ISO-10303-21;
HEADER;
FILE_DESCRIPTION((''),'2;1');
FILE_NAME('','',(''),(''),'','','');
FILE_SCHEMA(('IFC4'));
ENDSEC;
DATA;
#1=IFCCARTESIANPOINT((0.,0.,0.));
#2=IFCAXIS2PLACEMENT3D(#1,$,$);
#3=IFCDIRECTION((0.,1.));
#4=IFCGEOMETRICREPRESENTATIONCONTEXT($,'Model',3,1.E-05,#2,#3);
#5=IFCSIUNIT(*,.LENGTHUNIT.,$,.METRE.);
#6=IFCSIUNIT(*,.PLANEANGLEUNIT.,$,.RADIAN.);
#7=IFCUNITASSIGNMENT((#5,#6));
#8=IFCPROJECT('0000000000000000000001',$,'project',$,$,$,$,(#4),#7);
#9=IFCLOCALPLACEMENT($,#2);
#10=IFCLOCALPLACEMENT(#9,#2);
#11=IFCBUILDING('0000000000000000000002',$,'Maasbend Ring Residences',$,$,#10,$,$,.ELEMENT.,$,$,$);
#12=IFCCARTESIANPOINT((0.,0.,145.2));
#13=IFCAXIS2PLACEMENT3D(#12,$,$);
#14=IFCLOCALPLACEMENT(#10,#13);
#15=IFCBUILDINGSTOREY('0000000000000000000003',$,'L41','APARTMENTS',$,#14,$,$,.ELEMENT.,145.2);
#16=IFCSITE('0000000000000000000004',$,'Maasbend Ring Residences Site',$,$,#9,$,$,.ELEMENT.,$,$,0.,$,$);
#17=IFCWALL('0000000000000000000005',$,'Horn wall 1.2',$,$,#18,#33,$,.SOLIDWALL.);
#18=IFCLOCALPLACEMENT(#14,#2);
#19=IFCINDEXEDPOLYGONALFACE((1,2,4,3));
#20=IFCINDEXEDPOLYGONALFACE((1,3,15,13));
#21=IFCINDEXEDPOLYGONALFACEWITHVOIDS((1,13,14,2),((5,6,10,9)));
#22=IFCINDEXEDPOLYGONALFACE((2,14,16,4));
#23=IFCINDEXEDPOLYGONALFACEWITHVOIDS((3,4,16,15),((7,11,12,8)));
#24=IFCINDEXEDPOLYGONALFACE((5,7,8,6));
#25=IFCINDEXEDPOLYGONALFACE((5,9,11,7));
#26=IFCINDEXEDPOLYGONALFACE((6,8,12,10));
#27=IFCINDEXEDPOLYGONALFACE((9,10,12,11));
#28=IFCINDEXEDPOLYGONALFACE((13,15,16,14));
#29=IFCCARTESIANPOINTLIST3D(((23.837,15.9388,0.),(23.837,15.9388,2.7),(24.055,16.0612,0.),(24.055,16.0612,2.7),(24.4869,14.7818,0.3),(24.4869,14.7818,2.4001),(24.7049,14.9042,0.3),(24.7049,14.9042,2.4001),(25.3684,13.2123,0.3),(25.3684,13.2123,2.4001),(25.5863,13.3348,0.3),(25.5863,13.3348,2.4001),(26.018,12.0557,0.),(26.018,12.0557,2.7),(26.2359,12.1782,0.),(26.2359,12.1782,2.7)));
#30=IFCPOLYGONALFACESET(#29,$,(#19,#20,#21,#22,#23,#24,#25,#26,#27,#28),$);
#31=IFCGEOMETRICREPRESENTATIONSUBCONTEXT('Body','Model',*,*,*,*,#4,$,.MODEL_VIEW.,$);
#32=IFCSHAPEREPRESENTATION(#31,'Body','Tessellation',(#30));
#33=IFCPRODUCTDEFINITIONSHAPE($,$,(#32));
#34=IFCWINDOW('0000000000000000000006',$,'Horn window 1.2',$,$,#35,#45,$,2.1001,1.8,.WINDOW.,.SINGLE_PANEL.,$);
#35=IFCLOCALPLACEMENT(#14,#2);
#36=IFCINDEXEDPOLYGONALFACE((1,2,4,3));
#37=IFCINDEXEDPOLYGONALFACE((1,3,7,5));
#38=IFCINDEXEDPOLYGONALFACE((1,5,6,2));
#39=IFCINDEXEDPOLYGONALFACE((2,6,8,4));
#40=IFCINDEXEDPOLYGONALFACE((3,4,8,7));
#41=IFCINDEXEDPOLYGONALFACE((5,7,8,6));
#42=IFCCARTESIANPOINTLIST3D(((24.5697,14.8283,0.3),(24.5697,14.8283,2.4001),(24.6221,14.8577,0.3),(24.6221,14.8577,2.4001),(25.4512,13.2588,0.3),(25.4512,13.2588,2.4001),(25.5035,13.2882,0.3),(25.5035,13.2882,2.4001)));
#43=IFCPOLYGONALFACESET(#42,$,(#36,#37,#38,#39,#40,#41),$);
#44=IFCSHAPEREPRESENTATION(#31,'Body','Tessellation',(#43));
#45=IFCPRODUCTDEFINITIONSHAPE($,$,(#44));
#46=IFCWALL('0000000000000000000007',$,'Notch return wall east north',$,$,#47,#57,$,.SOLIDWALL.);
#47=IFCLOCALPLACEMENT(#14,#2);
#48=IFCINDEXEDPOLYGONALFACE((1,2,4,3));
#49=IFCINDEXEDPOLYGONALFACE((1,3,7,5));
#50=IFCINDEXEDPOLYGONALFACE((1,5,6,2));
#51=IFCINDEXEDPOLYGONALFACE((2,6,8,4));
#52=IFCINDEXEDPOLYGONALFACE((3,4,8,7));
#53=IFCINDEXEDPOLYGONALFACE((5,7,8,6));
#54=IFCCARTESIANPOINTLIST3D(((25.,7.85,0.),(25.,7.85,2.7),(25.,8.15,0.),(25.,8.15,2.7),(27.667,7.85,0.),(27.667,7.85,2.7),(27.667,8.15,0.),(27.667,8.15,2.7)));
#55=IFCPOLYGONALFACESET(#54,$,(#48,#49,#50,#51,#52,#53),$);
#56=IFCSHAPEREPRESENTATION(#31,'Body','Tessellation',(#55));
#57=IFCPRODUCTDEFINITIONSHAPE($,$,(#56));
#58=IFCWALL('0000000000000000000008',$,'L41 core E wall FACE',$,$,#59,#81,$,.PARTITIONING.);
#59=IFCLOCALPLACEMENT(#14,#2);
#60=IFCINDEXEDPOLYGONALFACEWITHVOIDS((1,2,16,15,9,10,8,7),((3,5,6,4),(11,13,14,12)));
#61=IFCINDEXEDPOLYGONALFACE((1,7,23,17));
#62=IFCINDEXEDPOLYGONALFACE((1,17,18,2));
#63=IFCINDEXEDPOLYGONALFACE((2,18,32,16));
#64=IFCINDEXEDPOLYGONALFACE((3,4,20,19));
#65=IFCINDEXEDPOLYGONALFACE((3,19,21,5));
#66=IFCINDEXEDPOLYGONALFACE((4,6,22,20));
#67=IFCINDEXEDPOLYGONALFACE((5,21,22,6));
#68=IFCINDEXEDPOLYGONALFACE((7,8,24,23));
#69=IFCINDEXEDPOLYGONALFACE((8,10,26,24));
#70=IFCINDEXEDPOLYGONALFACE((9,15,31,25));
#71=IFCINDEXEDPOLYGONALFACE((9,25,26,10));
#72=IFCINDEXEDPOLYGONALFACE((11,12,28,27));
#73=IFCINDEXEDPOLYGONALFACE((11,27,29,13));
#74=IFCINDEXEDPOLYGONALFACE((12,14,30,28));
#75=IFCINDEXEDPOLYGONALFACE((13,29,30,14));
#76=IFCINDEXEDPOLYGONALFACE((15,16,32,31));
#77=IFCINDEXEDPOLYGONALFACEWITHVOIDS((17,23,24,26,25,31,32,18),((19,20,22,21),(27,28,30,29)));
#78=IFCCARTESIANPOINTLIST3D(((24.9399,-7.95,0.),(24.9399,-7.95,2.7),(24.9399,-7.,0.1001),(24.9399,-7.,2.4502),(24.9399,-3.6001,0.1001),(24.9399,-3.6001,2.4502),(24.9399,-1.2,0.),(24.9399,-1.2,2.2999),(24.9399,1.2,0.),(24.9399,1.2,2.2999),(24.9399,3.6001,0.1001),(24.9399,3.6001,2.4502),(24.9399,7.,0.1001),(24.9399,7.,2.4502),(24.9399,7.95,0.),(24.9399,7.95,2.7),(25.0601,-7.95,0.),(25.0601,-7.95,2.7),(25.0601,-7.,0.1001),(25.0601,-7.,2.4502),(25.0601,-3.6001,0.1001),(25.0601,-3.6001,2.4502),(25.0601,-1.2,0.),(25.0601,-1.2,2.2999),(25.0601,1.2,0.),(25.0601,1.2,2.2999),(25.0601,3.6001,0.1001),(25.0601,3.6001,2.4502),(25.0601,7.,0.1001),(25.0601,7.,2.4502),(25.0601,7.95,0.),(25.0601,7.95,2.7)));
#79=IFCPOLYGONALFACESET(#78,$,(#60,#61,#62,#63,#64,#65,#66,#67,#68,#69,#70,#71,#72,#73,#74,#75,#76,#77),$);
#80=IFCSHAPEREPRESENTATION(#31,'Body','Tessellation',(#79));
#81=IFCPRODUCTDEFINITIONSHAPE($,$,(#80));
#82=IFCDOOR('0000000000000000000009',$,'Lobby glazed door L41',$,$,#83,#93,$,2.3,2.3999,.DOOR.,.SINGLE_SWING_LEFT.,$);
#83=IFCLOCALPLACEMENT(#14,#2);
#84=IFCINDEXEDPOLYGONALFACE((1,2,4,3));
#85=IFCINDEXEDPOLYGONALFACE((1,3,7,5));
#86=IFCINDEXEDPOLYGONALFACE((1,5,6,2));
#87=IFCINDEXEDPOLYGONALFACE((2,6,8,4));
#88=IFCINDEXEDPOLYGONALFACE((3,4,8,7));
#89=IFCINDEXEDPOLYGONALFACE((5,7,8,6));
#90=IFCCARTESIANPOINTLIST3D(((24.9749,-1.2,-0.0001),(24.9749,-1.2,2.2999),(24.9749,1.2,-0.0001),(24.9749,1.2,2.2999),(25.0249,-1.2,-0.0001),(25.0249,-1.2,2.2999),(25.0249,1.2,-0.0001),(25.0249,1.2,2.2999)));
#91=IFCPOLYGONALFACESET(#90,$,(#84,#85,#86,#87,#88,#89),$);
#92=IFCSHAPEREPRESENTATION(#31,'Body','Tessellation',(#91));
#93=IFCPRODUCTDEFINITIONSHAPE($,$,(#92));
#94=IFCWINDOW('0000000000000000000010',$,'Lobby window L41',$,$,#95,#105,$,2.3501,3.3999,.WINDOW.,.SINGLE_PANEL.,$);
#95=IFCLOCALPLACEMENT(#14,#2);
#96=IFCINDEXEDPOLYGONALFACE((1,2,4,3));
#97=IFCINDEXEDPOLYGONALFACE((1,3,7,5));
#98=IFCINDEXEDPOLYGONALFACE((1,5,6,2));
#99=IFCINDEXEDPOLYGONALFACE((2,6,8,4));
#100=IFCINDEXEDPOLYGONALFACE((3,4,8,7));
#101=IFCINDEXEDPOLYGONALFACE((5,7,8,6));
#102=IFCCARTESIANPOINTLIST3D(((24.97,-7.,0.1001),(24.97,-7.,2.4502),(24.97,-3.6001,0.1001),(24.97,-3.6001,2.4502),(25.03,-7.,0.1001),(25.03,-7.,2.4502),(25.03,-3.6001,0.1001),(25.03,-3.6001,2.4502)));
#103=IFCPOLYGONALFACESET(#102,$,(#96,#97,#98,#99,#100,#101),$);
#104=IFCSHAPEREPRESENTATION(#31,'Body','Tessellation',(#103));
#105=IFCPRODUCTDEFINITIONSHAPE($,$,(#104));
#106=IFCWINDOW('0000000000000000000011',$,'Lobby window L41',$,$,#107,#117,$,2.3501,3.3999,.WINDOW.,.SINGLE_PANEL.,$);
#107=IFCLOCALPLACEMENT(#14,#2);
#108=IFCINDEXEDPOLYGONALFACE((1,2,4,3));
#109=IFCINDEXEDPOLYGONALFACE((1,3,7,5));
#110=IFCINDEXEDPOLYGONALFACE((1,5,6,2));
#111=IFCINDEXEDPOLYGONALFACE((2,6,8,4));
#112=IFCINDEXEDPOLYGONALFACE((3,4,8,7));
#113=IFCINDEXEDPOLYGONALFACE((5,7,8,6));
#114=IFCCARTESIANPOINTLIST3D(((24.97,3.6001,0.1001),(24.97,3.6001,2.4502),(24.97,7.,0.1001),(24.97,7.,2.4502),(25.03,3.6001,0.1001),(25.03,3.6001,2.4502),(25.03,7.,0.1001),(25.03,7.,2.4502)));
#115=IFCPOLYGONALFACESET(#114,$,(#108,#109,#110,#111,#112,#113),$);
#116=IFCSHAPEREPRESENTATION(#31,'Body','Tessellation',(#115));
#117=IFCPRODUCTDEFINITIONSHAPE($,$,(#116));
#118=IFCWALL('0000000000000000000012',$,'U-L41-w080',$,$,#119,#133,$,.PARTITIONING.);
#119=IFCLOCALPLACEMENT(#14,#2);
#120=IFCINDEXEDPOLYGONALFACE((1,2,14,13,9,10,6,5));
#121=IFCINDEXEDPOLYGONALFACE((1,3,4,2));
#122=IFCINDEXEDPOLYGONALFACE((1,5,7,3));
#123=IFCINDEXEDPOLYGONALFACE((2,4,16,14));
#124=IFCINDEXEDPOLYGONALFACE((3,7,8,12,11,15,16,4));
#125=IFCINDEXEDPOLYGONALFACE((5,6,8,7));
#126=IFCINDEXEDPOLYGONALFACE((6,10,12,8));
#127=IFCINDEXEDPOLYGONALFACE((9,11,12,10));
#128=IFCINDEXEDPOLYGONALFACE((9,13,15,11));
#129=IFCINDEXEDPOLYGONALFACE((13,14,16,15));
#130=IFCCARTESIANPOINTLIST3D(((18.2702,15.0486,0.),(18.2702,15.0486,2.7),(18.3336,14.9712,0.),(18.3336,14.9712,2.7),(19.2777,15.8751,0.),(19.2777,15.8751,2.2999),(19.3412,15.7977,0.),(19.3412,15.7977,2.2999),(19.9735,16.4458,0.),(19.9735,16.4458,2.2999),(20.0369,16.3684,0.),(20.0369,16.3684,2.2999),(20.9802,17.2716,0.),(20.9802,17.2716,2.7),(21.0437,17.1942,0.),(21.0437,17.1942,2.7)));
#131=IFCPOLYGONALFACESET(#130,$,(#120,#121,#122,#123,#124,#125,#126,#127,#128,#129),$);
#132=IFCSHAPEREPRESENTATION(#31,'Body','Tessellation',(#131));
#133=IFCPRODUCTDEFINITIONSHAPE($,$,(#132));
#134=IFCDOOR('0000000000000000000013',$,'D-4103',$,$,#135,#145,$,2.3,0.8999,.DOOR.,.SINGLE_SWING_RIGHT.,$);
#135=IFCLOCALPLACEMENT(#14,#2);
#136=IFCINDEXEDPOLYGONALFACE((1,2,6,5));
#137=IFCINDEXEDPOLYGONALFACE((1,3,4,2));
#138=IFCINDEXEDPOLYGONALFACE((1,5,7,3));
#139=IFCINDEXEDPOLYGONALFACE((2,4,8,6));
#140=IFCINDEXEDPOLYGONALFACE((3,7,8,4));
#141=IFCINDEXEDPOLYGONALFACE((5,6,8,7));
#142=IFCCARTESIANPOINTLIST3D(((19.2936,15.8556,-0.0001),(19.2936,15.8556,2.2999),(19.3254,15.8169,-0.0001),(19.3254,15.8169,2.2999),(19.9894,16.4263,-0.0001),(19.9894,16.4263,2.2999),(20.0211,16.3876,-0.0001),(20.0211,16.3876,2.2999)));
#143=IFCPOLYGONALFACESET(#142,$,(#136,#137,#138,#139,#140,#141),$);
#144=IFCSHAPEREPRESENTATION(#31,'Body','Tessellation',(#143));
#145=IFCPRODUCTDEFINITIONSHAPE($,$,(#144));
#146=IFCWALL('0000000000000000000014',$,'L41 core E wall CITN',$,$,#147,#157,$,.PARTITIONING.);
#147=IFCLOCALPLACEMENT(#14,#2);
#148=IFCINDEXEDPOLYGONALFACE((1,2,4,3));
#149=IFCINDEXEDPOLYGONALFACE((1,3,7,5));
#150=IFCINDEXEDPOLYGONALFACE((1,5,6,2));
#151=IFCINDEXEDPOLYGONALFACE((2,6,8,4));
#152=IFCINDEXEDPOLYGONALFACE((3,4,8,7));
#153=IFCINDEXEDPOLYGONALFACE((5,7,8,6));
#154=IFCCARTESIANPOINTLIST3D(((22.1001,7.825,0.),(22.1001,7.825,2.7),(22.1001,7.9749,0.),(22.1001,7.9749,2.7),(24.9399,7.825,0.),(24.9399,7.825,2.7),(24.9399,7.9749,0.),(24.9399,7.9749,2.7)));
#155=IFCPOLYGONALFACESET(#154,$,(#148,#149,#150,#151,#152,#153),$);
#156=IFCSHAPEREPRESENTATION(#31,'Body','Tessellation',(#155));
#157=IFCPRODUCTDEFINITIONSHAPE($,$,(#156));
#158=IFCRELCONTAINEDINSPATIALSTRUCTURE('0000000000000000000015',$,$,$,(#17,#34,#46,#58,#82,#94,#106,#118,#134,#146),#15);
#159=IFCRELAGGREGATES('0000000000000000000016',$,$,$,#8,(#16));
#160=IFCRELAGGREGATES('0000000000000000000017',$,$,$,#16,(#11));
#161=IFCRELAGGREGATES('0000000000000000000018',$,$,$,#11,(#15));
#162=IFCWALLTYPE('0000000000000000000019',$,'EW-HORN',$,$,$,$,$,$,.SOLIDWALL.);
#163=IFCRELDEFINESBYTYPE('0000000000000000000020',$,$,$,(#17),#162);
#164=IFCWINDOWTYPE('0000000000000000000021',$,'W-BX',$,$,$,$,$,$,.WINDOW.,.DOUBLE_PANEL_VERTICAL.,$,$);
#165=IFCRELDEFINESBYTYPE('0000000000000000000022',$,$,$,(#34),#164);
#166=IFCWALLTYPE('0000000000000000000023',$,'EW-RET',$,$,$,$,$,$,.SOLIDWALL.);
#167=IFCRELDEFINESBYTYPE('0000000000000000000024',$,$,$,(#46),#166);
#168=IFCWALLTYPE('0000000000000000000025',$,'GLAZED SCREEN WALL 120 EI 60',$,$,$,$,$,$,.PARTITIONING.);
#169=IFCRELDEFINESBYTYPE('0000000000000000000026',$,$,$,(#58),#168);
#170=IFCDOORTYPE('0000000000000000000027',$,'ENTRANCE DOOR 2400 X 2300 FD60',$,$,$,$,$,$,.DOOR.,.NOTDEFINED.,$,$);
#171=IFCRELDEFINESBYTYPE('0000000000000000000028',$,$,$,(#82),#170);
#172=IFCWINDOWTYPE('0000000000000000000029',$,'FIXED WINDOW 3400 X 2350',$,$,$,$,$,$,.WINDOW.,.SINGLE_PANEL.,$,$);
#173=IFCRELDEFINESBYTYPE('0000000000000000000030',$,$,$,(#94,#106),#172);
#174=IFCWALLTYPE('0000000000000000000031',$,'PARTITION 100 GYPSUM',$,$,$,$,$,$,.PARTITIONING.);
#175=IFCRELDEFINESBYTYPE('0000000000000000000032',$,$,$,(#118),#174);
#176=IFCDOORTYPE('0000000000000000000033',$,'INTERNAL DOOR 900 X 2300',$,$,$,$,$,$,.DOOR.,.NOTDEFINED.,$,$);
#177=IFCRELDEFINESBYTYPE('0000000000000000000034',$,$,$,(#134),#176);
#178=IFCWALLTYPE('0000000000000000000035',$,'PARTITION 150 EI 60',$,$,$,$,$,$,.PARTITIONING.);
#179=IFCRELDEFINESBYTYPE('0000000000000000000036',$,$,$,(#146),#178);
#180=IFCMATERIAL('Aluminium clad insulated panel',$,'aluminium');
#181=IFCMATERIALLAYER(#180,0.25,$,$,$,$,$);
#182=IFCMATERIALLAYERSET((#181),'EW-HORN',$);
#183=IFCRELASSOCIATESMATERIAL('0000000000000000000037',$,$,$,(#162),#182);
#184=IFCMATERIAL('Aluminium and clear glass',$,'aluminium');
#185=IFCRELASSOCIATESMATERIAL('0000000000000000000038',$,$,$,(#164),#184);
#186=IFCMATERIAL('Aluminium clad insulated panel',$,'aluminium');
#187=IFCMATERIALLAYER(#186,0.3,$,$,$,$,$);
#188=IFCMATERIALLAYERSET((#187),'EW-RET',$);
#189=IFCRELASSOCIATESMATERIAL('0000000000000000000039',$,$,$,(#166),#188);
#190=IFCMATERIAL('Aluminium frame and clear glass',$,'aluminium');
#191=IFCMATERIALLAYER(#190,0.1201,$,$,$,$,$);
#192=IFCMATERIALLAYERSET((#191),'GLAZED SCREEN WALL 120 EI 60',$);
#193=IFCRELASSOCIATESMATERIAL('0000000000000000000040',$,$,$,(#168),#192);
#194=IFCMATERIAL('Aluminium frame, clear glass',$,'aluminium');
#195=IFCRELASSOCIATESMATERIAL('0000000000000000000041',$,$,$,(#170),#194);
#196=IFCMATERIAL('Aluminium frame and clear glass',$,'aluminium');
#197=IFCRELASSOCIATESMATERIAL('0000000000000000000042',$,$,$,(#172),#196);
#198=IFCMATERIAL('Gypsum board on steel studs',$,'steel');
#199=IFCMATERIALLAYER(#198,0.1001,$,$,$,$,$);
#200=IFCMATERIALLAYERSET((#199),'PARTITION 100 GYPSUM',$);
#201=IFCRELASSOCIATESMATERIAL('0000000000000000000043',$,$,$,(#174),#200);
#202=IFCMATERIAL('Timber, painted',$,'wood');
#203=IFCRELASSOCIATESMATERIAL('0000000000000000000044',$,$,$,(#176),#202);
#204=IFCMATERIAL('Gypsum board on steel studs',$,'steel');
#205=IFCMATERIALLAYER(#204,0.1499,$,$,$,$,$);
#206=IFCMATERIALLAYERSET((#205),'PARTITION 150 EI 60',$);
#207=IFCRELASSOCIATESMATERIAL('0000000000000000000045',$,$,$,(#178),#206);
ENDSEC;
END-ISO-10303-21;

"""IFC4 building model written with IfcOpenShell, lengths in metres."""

from ifc_helpers import new_model, si_unit, direction, frame, frame_2d, origin, place, context, subcontext, project, spatial, rectangle, extrude, material, layer, layer_set, type_object, element, fill, save


model = new_model("IFC4")

# Units and contexts
model_context = context("Model", 3, precision=1e-05, world=origin(), true_north=direction((0.0, 1.0)))
body_context = subcontext(model_context, "Body", "Model", "MODEL_VIEW")
ifc_project = project(units=[si_unit("LENGTHUNIT", "METRE"), si_unit("PLANEANGLEUNIT", "RADIAN")], contexts=[model_context])

# Site, building, storey
site_placement = place(None, origin())
site = spatial("IfcSite", under=ifc_project, at=site_placement, Name="Maasbend Ring Residences Site", CompositionType="ELEMENT", RefElevation=0.0)
building_placement = place(site_placement, origin())
building = spatial("IfcBuilding", under=site, at=building_placement, Name="Maasbend Ring Residences", CompositionType="ELEMENT")
storey_placement = place(building_placement, frame((0.0, 0.0, 145.2)))
storey = spatial("IfcBuildingStorey", under=building, at=storey_placement, Name="L41", Description="APARTMENTS", CompositionType="ELEMENT", Elevation=145.2)

# Wall, opening, window
ifc_material_1 = material(Name="Aluminium clad insulated panel", Category="aluminium")
ifc_layer_1 = layer(ifc_material_1, 0.25)
ifc_layer_set_1 = layer_set([ifc_layer_1], Name="EW-HORN")
wall_type_1 = type_object("IfcWallType", Name="EW-HORN", PredefinedType="SOLIDWALL", material=ifc_layer_set_1)
ifc_material_2 = material(Name="Aluminium and clear glass", Category="aluminium")
window_type_1 = type_object("IfcWindowType", Name="W-BX", PartitioningType="DOUBLE_PANEL_VERTICAL", PredefinedType="WINDOW", material=ifc_material_2)
wall_1_placement = place(storey_placement, frame((26.127, 12.1169, 0.0), z_axis=(0.0, 0.0, 1.0), x_axis=(-0.489696, 0.871893, 0.0)))
wall_1 = element("IfcWall", 1, at=wall_1_placement, inside=storey, type_object=wall_type_1, Name="Horn wall 1.2", PredefinedType="SOLIDWALL", context=body_context, shape_type="SweptSolid", body=[
    extrude(rectangle(XDim=4.4536, YDim=0.25, at=frame_2d((2.2268, 0.0))), origin(), (0.0, 0.0, 1.0), 2.7),
])
opening_1_placement = place(wall_1_placement, frame((1.3267, 0.0, 0.3)))
opening_1 = element("IfcOpeningElement", 2, at=opening_1_placement, cuts=wall_1, PredefinedType="OPENING", context=body_context, shape_type="SweptSolid", body=[
    extrude(rectangle(XDim=1.8, YDim=2.1001, at=frame_2d((0.8999, 1.05))), frame((0.0, 0.135, 0.0), z_axis=(0.0, -1.0, 0.0), x_axis=(1.0, 0.0, 0.0)), (0.0, 0.0, 1.0), 0.27),
])
window_1_placement = place(opening_1_placement, origin())
window_1 = element("IfcWindow", 3, at=window_1_placement, inside=storey, type_object=window_type_1, Name="Horn window 1.2", OverallHeight=2.1001, OverallWidth=1.8, PartitioningType="SINGLE_PANEL", PredefinedType="WINDOW", context=body_context, shape_type="SweptSolid", body=[
    extrude(rectangle(XDim=1.8, YDim=2.1001, at=frame_2d((0.8999, 1.05))), frame((0.0, 0.03, 0.0), z_axis=(0.0, -1.0, 0.0), x_axis=(1.0, 0.0, 0.0)), (0.0, 0.0, 1.0), 0.0601),
])
fill(opening_1, window_1)

# Wall
ifc_material_3 = material(Name="Aluminium clad insulated panel", Category="aluminium")
ifc_layer_2 = layer(ifc_material_3, 0.3)
ifc_layer_set_2 = layer_set([ifc_layer_2], Name="EW-RET")
wall_type_2 = type_object("IfcWallType", Name="EW-RET", PredefinedType="SOLIDWALL", material=ifc_layer_set_2)
wall_2_placement = place(storey_placement, frame((25.0, 8.0, 0.0), z_axis=(0.0, 0.0, 1.0), x_axis=(1.0, 0.0, 0.0)))
element("IfcWall", 4, at=wall_2_placement, inside=storey, type_object=wall_type_2, Name="Notch return wall east north", PredefinedType="SOLIDWALL", context=body_context, shape_type="SweptSolid", body=[
    extrude(rectangle(XDim=2.667, YDim=0.3, at=frame_2d((1.3335, 0.0))), origin(), (0.0, 0.0, 1.0), 2.7),
])

# Wall, openings, door, windows
ifc_material_4 = material(Name="Aluminium frame and clear glass", Category="aluminium")
ifc_layer_3 = layer(ifc_material_4, 0.1201)
ifc_layer_set_3 = layer_set([ifc_layer_3], Name="GLAZED SCREEN WALL 120 EI 60")
wall_type_3 = type_object("IfcWallType", Name="GLAZED SCREEN WALL 120 EI 60", PredefinedType="PARTITIONING", material=ifc_layer_set_3)
wall_3_placement = place(storey_placement, frame((25.0, 7.95, 0.0), z_axis=(0.0, 0.0, 1.0), x_axis=(0.0, -1.0, 0.0)))
wall_3 = element("IfcWall", 5, at=wall_3_placement, inside=storey, type_object=wall_type_3, Name="L41 core E wall FACE", PredefinedType="PARTITIONING", context=body_context, shape_type="SweptSolid", body=[
    extrude(rectangle(XDim=15.8999, YDim=0.1201, at=frame_2d((7.95, 0.0))), origin(), (0.0, 0.0, 1.0), 2.7),
])
opening_2_placement = place(wall_3_placement, frame((6.75, 0.0, 0.0)))
opening_2 = element("IfcOpeningElement", 6, at=opening_2_placement, cuts=wall_3, PredefinedType="OPENING", context=body_context, shape_type="SweptSolid", body=[
    extrude(rectangle(XDim=2.3999, YDim=2.3, at=frame_2d((1.2, 1.1499))), frame((0.0, 0.0701, 0.0), z_axis=(0.0, -1.0, 0.0), x_axis=(1.0, 0.0, 0.0)), (0.0, 0.0, 1.0), 0.1401),
])
opening_3_placement = place(wall_3_placement, frame((11.55, 0.0, 0.1001)))
opening_3 = element("IfcOpeningElement", 7, at=opening_3_placement, cuts=wall_3, PredefinedType="OPENING", context=body_context, shape_type="SweptSolid", body=[
    extrude(rectangle(XDim=3.3999, YDim=2.3501, at=frame_2d((1.7, 1.175))), frame((0.0, 0.0701, 0.0), z_axis=(0.0, -1.0, 0.0), x_axis=(1.0, 0.0, 0.0)), (0.0, 0.0, 1.0), 0.1401),
])
opening_4_placement = place(wall_3_placement, frame((0.95, 0.0, 0.1001)))
opening_4 = element("IfcOpeningElement", 8, at=opening_4_placement, cuts=wall_3, PredefinedType="OPENING", context=body_context, shape_type="SweptSolid", body=[
    extrude(rectangle(XDim=3.3999, YDim=2.3501, at=frame_2d((1.7, 1.175))), frame((0.0, 0.0701, 0.0), z_axis=(0.0, -1.0, 0.0), x_axis=(1.0, 0.0, 0.0)), (0.0, 0.0, 1.0), 0.1401),
])
ifc_material_5 = material(Name="Aluminium frame, clear glass", Category="aluminium")
door_type_1 = type_object("IfcDoorType", Name="ENTRANCE DOOR 2400 X 2300 FD60", OperationType="NOTDEFINED", PredefinedType="DOOR", material=ifc_material_5)
door_1_placement = place(opening_2_placement, origin())
door_1 = element("IfcDoor", 9, at=door_1_placement, inside=storey, type_object=door_type_1, Name="Lobby glazed door L41", OperationType="SINGLE_SWING_LEFT", OverallHeight=2.3, OverallWidth=2.3999, PredefinedType="DOOR", context=body_context, shape_type="SweptSolid", body=[
    extrude(rectangle(XDim=2.3999, YDim=2.3, at=frame_2d((1.2, 1.1499))), frame((0.0, 0.0249, 0.0), z_axis=(0.0, -1.0, 0.0), x_axis=(1.0, 0.0, 0.0)), (0.0, 0.0, 1.0), 0.05),
])
fill(opening_2, door_1)
ifc_material_6 = material(Name="Aluminium frame and clear glass", Category="aluminium")
window_type_2 = type_object("IfcWindowType", Name="FIXED WINDOW 3400 X 2350", PartitioningType="SINGLE_PANEL", PredefinedType="WINDOW", material=ifc_material_6)
window_2_placement = place(opening_3_placement, origin())
window_2 = element("IfcWindow", 10, at=window_2_placement, inside=storey, type_object=window_type_2, Name="Lobby window L41", OverallHeight=2.3501, OverallWidth=3.3999, PartitioningType="SINGLE_PANEL", PredefinedType="WINDOW", context=body_context, shape_type="SweptSolid", body=[
    extrude(rectangle(XDim=3.3999, YDim=2.3501, at=frame_2d((1.7, 1.175))), frame((0.0, 0.03, 0.0), z_axis=(0.0, -1.0, 0.0), x_axis=(1.0, 0.0, 0.0)), (0.0, 0.0, 1.0), 0.0601),
])
fill(opening_3, window_2)
window_3_placement = place(opening_4_placement, origin())
window_3 = element("IfcWindow", 11, at=window_3_placement, inside=storey, type_object=window_type_2, Name="Lobby window L41", OverallHeight=2.3501, OverallWidth=3.3999, PartitioningType="SINGLE_PANEL", PredefinedType="WINDOW", context=body_context, shape_type="SweptSolid", body=[
    extrude(rectangle(XDim=3.3999, YDim=2.3501, at=frame_2d((1.7, 1.175))), frame((0.0, 0.03, 0.0), z_axis=(0.0, -1.0, 0.0), x_axis=(1.0, 0.0, 0.0)), (0.0, 0.0, 1.0), 0.0601),
])
fill(opening_4, window_3)

# Wall, opening, door
ifc_material_7 = material(Name="Gypsum board on steel studs", Category="steel")
ifc_layer_4 = layer(ifc_material_7, 0.1001)
ifc_layer_set_4 = layer_set([ifc_layer_4], Name="PARTITION 100 GYPSUM")
wall_type_4 = type_object("IfcWallType", Name="PARTITION 100 GYPSUM", PredefinedType="PARTITIONING", material=ifc_layer_set_4)
wall_4_placement = place(storey_placement, frame((18.302, 15.01, 0.0), z_axis=(0.0, 0.0, 1.0), x_axis=(0.773165, 0.634205, 0.0)))
wall_4 = element("IfcWall", 12, at=wall_4_placement, inside=storey, type_object=wall_type_4, Name="U-L41-w080", PredefinedType="PARTITIONING", context=body_context, shape_type="SweptSolid", body=[
    extrude(rectangle(XDim=3.5051, YDim=0.1001, at=frame_2d((1.7524, 0.0))), origin(), (0.0, 0.0, 1.0), 2.7),
])
opening_5_placement = place(wall_4_placement, frame((1.303, 0.0, 0.0)))
opening_5 = element("IfcOpeningElement", 13, at=opening_5_placement, cuts=wall_4, PredefinedType="OPENING", context=body_context, shape_type="SweptSolid", body=[
    extrude(rectangle(XDim=0.8999, YDim=2.3, at=frame_2d((0.45, 1.1499))), frame((0.0, 0.0601, 0.0), z_axis=(0.0, -1.0, 0.0), x_axis=(1.0, 0.0, 0.0)), (0.0, 0.0, 1.0), 0.1201),
])
ifc_material_8 = material(Name="Timber, painted", Category="wood")
door_type_2 = type_object("IfcDoorType", Name="INTERNAL DOOR 900 X 2300", OperationType="NOTDEFINED", PredefinedType="DOOR", material=ifc_material_8)
door_2_placement = place(opening_5_placement, origin())
door_2 = element("IfcDoor", 14, at=door_2_placement, inside=storey, type_object=door_type_2, Name="D-4103", OperationType="SINGLE_SWING_RIGHT", OverallHeight=2.3, OverallWidth=0.8999, PredefinedType="DOOR", context=body_context, shape_type="SweptSolid", body=[
    extrude(rectangle(XDim=0.8999, YDim=2.3, at=frame_2d((0.45, 1.1499))), frame((0.0, 0.0249, 0.0), z_axis=(0.0, -1.0, 0.0), x_axis=(1.0, 0.0, 0.0)), (0.0, 0.0, 1.0), 0.05),
])
fill(opening_5, door_2)

# Wall
ifc_material_9 = material(Name="Gypsum board on steel studs", Category="steel")
ifc_layer_5 = layer(ifc_material_9, 0.1499)
ifc_layer_set_5 = layer_set([ifc_layer_5], Name="PARTITION 150 EI 60")
wall_type_5 = type_object("IfcWallType", Name="PARTITION 150 EI 60", PredefinedType="PARTITIONING", material=ifc_layer_set_5)
wall_5_placement = place(storey_placement, frame((22.1001, 7.8999, 0.0), z_axis=(0.0, 0.0, 1.0), x_axis=(1.0, 0.0, 0.0)))
element("IfcWall", 15, at=wall_5_placement, inside=storey, type_object=wall_type_5, Name="L41 core E wall CITN", PredefinedType="PARTITIONING", context=body_context, shape_type="SweptSolid", body=[
    extrude(rectangle(XDim=2.8398, YDim=0.1499, at=frame_2d((1.4199, 0.0))), origin(), (0.0, 0.0, 1.0), 2.7),
])

save(model, "model.ifc")
